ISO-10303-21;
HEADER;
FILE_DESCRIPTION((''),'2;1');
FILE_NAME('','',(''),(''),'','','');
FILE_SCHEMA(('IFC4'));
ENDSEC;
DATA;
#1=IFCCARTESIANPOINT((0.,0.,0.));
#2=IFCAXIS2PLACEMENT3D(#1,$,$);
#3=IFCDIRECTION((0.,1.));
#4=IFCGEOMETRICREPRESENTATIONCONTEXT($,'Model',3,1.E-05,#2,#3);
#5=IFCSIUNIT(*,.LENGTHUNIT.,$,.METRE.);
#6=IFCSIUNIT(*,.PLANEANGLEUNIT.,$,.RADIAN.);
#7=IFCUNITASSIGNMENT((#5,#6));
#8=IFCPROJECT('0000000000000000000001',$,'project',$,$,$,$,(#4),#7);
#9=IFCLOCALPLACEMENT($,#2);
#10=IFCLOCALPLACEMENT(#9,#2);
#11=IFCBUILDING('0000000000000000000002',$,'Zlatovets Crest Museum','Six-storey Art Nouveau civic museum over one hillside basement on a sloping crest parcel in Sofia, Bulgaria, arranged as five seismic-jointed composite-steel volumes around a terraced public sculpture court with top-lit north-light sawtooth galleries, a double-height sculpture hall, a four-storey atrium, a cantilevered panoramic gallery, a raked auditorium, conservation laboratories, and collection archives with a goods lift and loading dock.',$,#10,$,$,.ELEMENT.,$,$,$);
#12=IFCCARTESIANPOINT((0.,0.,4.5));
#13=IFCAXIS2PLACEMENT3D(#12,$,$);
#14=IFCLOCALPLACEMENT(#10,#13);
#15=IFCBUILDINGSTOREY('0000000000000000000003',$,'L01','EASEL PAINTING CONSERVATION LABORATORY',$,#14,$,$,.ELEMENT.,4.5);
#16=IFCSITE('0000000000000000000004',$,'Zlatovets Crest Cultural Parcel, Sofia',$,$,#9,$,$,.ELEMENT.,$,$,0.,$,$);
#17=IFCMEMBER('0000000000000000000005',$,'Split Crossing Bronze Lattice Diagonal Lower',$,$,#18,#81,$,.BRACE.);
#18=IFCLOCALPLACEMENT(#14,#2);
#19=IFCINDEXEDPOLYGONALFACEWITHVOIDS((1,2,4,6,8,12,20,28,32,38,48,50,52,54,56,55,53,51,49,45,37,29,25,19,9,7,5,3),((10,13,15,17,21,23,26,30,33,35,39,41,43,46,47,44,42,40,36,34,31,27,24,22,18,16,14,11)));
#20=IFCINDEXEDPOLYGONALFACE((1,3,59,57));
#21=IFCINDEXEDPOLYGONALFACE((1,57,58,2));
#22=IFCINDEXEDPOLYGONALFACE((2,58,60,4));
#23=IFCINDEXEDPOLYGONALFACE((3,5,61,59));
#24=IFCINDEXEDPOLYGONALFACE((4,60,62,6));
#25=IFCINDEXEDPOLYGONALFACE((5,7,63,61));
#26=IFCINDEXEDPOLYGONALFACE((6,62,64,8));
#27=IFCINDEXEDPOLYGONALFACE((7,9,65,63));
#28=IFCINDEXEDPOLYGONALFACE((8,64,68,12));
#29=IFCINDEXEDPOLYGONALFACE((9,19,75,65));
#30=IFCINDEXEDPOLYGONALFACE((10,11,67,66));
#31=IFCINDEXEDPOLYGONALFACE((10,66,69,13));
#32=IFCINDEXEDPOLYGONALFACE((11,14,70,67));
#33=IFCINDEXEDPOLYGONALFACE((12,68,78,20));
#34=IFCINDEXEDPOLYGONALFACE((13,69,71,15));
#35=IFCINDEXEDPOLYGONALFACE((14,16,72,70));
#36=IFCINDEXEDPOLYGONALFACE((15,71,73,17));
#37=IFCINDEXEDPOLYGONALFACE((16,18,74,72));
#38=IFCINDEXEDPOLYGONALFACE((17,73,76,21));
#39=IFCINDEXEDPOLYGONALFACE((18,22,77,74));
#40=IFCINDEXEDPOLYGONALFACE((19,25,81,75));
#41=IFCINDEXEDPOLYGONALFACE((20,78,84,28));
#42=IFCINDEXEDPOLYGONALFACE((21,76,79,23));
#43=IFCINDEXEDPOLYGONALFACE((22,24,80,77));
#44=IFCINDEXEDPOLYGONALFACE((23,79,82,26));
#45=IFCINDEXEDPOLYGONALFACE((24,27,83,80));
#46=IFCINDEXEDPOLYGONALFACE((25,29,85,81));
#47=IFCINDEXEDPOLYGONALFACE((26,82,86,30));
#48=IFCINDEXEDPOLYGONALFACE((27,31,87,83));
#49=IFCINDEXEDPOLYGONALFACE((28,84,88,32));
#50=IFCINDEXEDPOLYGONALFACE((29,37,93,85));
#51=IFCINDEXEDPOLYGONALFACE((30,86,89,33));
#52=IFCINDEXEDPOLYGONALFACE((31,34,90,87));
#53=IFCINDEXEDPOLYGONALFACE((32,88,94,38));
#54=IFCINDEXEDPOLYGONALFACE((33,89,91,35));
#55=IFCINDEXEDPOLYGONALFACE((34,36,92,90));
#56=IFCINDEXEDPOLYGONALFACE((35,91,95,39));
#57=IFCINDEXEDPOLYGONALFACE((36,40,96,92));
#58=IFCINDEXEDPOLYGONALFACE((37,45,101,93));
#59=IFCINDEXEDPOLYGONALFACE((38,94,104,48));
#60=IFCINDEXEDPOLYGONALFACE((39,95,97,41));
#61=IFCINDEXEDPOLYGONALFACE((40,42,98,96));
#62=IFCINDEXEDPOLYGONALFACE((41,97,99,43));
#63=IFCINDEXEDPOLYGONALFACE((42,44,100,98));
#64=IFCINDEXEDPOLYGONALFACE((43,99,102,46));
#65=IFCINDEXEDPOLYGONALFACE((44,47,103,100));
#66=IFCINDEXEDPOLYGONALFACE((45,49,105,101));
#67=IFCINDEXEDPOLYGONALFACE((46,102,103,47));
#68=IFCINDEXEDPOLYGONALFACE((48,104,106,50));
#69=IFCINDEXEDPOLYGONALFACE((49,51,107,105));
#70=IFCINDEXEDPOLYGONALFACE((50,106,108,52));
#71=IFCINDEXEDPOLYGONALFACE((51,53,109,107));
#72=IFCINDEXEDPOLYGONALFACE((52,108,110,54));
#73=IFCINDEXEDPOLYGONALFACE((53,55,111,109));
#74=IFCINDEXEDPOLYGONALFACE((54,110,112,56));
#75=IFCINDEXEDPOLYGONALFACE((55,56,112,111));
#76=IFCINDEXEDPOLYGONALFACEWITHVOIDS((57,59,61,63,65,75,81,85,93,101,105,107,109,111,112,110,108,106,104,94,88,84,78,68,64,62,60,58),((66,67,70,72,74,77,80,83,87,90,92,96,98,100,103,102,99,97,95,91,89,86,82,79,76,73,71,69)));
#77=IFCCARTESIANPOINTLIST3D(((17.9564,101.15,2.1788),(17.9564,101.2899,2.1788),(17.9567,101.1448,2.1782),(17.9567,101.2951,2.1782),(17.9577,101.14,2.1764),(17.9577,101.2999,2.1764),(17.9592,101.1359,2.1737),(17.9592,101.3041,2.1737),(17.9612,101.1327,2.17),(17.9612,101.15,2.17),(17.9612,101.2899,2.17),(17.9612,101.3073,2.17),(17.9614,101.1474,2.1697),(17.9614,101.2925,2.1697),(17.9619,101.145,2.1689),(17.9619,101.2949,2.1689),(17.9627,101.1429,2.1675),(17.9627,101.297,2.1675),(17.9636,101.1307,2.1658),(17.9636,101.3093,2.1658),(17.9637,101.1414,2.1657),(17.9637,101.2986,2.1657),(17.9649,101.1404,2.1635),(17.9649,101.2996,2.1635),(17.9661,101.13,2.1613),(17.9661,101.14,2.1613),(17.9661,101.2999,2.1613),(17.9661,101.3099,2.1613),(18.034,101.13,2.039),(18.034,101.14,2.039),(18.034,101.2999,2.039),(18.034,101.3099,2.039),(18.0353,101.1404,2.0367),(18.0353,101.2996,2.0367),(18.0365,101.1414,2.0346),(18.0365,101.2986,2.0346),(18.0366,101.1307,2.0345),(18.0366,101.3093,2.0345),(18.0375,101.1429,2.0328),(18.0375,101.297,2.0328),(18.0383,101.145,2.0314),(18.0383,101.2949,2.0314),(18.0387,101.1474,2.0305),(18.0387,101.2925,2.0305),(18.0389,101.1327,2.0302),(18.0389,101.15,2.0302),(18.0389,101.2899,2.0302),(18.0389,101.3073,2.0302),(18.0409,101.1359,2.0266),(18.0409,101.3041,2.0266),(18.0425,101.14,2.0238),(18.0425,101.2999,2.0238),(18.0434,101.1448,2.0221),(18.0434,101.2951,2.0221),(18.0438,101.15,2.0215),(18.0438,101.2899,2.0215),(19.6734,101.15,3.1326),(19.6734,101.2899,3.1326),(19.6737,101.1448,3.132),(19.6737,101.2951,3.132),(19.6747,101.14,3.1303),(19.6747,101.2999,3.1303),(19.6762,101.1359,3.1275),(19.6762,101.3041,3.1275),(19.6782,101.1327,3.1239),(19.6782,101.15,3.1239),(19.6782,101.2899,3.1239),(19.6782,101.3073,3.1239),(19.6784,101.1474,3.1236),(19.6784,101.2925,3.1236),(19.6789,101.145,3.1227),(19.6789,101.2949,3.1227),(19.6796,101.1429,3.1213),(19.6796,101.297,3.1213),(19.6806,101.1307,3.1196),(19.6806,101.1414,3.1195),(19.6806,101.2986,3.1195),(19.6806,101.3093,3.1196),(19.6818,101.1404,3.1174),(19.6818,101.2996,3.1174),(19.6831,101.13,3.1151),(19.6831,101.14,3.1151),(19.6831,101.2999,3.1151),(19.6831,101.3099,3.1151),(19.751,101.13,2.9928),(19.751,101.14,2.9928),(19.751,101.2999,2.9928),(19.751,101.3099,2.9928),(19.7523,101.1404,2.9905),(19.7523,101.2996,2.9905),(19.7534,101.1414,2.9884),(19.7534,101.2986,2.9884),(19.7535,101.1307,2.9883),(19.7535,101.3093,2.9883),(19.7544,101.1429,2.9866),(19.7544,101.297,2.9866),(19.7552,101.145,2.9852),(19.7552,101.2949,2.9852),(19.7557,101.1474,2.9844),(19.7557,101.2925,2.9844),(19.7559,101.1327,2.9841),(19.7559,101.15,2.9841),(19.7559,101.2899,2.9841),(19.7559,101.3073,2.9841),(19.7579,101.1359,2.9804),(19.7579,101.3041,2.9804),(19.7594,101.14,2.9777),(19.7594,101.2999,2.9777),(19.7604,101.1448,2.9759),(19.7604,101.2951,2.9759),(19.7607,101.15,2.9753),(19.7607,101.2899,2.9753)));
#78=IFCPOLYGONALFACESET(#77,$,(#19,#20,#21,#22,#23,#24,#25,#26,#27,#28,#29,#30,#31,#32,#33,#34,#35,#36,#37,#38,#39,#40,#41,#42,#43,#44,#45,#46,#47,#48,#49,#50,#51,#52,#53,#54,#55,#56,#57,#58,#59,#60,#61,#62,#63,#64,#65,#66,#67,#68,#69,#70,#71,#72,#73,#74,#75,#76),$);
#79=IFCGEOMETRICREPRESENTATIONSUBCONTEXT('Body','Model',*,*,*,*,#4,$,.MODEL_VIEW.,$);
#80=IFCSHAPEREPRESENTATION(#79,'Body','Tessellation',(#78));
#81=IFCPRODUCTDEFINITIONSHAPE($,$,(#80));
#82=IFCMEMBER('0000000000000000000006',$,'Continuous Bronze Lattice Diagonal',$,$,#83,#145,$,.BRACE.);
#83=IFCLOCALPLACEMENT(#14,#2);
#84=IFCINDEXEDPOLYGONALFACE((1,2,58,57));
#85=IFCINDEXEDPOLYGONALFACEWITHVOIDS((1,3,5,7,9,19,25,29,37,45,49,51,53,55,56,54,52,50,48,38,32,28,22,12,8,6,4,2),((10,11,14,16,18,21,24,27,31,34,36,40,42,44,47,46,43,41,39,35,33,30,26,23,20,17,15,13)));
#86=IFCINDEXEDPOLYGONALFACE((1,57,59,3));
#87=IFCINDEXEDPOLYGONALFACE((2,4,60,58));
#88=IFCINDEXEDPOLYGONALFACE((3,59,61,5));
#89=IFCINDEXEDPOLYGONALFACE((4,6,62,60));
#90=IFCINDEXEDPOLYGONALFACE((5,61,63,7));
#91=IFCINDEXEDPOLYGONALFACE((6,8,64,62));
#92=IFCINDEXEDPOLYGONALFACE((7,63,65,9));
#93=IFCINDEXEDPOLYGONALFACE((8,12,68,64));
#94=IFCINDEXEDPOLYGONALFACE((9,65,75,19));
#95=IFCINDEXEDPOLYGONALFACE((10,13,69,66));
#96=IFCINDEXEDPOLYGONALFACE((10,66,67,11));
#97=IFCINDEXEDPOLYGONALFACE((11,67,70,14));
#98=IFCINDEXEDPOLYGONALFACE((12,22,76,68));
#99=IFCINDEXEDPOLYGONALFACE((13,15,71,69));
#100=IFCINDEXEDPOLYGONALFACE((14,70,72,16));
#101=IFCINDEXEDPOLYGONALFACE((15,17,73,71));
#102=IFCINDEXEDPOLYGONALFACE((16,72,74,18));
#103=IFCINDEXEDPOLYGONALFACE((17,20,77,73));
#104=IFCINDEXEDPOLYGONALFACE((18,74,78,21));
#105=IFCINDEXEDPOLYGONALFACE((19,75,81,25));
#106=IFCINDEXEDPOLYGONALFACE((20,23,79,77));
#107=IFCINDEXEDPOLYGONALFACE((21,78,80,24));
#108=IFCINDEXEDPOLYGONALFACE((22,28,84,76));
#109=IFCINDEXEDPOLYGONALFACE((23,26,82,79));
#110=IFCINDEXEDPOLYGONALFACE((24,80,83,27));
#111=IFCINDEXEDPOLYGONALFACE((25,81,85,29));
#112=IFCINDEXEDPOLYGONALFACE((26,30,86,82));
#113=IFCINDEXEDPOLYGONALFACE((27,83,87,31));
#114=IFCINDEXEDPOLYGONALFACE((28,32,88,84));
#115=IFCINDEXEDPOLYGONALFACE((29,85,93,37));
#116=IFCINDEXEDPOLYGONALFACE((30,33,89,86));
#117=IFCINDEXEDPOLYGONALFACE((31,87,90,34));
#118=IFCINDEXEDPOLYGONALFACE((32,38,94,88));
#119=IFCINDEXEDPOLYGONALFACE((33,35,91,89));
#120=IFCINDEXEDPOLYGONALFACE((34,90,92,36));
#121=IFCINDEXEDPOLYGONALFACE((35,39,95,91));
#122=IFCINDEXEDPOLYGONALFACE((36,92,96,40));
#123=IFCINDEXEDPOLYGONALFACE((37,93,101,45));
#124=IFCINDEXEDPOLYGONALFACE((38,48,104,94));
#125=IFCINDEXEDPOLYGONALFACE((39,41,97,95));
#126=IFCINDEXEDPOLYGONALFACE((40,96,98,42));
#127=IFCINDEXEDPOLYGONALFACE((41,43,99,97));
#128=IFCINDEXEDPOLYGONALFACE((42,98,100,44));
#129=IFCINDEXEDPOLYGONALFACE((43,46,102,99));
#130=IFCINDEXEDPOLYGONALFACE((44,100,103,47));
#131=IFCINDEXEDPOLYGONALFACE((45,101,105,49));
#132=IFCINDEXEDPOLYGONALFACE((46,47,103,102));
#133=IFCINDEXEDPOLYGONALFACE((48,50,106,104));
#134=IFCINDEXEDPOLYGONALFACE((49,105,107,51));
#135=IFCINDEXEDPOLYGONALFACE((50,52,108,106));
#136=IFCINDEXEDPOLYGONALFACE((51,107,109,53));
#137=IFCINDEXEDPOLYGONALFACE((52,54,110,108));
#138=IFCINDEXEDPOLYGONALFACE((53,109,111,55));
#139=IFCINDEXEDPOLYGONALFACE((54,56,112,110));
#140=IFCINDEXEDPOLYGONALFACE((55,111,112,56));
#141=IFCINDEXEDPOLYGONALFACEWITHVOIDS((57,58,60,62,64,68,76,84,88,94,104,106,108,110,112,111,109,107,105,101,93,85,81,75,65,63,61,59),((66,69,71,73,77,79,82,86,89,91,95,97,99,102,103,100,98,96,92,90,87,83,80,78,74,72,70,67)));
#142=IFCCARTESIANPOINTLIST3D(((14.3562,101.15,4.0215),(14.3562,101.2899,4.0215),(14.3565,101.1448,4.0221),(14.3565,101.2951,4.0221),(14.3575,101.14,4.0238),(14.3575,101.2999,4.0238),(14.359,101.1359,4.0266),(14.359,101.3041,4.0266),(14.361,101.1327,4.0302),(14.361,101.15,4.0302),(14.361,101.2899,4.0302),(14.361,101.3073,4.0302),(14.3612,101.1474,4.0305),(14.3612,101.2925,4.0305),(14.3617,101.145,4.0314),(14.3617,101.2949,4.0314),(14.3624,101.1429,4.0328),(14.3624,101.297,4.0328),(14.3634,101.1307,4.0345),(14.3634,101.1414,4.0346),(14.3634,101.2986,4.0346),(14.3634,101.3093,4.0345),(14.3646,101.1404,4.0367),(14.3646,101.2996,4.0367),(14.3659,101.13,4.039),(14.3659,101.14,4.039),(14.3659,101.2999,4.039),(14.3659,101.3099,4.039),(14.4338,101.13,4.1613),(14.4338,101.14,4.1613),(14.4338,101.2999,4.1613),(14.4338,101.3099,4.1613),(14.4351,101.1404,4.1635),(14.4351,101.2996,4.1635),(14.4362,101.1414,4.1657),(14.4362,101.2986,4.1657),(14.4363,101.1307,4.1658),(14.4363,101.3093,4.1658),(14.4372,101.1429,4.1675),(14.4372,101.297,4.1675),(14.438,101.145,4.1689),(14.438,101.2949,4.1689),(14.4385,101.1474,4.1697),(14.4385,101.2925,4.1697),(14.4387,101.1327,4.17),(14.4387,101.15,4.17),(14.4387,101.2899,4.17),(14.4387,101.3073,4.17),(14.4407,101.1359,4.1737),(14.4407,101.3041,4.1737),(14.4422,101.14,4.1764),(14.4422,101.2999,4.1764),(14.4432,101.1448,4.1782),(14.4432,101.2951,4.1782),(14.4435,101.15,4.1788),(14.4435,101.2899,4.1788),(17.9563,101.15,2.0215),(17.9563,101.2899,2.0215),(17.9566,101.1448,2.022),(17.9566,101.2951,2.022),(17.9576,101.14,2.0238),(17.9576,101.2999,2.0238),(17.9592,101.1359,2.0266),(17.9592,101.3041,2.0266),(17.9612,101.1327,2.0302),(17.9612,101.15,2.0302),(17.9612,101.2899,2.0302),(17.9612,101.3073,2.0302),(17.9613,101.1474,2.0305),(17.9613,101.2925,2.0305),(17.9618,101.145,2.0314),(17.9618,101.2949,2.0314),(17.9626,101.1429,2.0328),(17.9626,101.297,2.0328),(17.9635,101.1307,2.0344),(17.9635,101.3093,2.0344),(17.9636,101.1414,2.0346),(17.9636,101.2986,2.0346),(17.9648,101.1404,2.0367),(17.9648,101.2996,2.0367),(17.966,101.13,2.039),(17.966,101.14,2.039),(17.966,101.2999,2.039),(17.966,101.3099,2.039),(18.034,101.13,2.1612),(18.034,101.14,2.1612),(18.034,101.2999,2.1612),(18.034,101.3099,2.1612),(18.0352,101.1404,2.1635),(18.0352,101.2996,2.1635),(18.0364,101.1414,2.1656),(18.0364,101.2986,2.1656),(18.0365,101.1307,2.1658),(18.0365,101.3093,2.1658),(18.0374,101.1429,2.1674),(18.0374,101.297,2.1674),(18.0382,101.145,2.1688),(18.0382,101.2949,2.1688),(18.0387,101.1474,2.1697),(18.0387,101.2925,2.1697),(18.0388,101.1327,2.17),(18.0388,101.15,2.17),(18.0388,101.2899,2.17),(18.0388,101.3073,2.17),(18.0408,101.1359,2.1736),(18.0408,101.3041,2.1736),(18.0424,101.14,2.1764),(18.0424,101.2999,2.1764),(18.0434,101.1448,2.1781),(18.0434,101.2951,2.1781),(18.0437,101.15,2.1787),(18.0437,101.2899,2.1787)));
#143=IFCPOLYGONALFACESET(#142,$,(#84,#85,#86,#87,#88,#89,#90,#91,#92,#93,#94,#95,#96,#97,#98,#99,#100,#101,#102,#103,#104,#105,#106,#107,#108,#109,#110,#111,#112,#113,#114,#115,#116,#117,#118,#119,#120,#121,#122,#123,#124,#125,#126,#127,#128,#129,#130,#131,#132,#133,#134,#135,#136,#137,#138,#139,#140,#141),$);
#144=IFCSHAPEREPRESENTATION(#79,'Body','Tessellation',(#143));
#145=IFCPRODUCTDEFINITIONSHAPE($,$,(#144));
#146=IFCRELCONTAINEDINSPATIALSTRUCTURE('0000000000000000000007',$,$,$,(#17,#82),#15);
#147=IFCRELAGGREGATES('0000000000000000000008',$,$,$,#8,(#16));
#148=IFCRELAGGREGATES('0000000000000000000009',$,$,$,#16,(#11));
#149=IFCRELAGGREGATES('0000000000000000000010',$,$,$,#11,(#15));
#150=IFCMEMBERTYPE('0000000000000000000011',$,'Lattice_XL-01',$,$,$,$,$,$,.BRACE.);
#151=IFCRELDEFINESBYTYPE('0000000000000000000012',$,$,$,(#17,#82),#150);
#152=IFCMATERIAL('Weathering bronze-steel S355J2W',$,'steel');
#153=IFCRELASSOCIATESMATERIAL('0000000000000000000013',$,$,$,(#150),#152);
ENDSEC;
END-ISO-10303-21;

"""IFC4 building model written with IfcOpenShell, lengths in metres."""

from ifc_helpers import new_model, si_unit, direction, frame, origin, origin_2d, place, context, subcontext, project, spatial, hollow_rectangle, extrude, material, material_profile, profile_set, type_object, element, save


model = new_model("IFC4")

# Units and contexts
model_context = context("Model", 3, precision=1e-05, world=origin(), true_north=direction((0.0, 1.0)))
body_context = subcontext(model_context, "Body", "Model", "MODEL_VIEW")
ifc_project = project(units=[si_unit("LENGTHUNIT", "METRE"), si_unit("PLANEANGLEUNIT", "RADIAN")], contexts=[model_context])

# Site, building, storey
site_placement = place(None, origin())
site = spatial("IfcSite", under=ifc_project, at=site_placement, Name="Zlatovets Crest Cultural Parcel, Sofia", CompositionType="ELEMENT", RefElevation=0.0)
building_placement = place(site_placement, origin())
building = spatial("IfcBuilding", under=site, at=building_placement, Name="Zlatovets Crest Museum", Description="Six-storey Art Nouveau civic museum over one hillside basement on a sloping crest parcel in Sofia, Bulgaria, arranged as five seismic-jointed composite-steel volumes around a terraced public sculpture court with top-lit north-light sawtooth galleries, a double-height sculpture hall, a four-storey atrium, a cantilevered panoramic gallery, a raked auditorium, conservation laboratories, and collection archives with a goods lift and loading dock.", CompositionType="ELEMENT")
storey_placement = place(building_placement, frame((0.0, 0.0, 4.5)))
storey = spatial("IfcBuildingStorey", under=building, at=storey_placement, Name="L01", Description="EASEL PAINTING CONSERVATION LABORATORY", CompositionType="ELEMENT", Elevation=4.5)

# Members
ifc_material_1 = material(Name="Weathering bronze-steel S355J2W", Category="steel")
ifc_material_profile_1 = material_profile(ifc_material_1, hollow_rectangle(XDim=0.1799, YDim=0.1799, WallThickness=0.01, InnerFilletRadius=0.01, OuterFilletRadius=0.02, at=origin_2d()), Name="SHS 180x180x10.0")
ifc_profile_set_1 = profile_set([ifc_material_profile_1], Name="Weathering bronze-steel S355J2W")
member_type_1 = type_object("IfcMemberType", Name="Lattice_XL-01", PredefinedType="BRACE", material=ifc_profile_set_1)
member_1_placement = place(storey_placement, frame((19.717, 101.22, 3.054), z_axis=(-0.874169, 0.0, -0.485622), x_axis=(0.0, -1.0, 0.0)))
element("IfcMember", 1, at=member_1_placement, inside=storey, type_object=member_type_1, Name="Split Crossing Bronze Lattice Diagonal Lower", PredefinedType="BRACE", context=body_context, shape_type="SweptSolid", body=[
    extrude(hollow_rectangle(XDim=0.1799, YDim=0.1799, WallThickness=0.01, InnerFilletRadius=0.01, OuterFilletRadius=0.02, at=origin_2d()), origin(), (0.0, 0.0, 1.0), 1.9641),
])
member_2_placement = place(storey_placement, frame((18.0, 101.22, 2.1001), z_axis=(-0.874163, 0.0, 0.485633), x_axis=(0.0, -1.0, 0.0)))
element("IfcMember", 2, at=member_2_placement, inside=storey, type_object=member_type_1, Name="Continuous Bronze Lattice Diagonal", PredefinedType="BRACE", context=body_context, shape_type="SweptSolid", body=[
    extrude(hollow_rectangle(XDim=0.1799, YDim=0.1799, WallThickness=0.01, InnerFilletRadius=0.01, OuterFilletRadius=0.02, at=origin_2d()), origin(), (0.0, 0.0, 1.0), 4.1184),
])

save(model, "model.ifc")
